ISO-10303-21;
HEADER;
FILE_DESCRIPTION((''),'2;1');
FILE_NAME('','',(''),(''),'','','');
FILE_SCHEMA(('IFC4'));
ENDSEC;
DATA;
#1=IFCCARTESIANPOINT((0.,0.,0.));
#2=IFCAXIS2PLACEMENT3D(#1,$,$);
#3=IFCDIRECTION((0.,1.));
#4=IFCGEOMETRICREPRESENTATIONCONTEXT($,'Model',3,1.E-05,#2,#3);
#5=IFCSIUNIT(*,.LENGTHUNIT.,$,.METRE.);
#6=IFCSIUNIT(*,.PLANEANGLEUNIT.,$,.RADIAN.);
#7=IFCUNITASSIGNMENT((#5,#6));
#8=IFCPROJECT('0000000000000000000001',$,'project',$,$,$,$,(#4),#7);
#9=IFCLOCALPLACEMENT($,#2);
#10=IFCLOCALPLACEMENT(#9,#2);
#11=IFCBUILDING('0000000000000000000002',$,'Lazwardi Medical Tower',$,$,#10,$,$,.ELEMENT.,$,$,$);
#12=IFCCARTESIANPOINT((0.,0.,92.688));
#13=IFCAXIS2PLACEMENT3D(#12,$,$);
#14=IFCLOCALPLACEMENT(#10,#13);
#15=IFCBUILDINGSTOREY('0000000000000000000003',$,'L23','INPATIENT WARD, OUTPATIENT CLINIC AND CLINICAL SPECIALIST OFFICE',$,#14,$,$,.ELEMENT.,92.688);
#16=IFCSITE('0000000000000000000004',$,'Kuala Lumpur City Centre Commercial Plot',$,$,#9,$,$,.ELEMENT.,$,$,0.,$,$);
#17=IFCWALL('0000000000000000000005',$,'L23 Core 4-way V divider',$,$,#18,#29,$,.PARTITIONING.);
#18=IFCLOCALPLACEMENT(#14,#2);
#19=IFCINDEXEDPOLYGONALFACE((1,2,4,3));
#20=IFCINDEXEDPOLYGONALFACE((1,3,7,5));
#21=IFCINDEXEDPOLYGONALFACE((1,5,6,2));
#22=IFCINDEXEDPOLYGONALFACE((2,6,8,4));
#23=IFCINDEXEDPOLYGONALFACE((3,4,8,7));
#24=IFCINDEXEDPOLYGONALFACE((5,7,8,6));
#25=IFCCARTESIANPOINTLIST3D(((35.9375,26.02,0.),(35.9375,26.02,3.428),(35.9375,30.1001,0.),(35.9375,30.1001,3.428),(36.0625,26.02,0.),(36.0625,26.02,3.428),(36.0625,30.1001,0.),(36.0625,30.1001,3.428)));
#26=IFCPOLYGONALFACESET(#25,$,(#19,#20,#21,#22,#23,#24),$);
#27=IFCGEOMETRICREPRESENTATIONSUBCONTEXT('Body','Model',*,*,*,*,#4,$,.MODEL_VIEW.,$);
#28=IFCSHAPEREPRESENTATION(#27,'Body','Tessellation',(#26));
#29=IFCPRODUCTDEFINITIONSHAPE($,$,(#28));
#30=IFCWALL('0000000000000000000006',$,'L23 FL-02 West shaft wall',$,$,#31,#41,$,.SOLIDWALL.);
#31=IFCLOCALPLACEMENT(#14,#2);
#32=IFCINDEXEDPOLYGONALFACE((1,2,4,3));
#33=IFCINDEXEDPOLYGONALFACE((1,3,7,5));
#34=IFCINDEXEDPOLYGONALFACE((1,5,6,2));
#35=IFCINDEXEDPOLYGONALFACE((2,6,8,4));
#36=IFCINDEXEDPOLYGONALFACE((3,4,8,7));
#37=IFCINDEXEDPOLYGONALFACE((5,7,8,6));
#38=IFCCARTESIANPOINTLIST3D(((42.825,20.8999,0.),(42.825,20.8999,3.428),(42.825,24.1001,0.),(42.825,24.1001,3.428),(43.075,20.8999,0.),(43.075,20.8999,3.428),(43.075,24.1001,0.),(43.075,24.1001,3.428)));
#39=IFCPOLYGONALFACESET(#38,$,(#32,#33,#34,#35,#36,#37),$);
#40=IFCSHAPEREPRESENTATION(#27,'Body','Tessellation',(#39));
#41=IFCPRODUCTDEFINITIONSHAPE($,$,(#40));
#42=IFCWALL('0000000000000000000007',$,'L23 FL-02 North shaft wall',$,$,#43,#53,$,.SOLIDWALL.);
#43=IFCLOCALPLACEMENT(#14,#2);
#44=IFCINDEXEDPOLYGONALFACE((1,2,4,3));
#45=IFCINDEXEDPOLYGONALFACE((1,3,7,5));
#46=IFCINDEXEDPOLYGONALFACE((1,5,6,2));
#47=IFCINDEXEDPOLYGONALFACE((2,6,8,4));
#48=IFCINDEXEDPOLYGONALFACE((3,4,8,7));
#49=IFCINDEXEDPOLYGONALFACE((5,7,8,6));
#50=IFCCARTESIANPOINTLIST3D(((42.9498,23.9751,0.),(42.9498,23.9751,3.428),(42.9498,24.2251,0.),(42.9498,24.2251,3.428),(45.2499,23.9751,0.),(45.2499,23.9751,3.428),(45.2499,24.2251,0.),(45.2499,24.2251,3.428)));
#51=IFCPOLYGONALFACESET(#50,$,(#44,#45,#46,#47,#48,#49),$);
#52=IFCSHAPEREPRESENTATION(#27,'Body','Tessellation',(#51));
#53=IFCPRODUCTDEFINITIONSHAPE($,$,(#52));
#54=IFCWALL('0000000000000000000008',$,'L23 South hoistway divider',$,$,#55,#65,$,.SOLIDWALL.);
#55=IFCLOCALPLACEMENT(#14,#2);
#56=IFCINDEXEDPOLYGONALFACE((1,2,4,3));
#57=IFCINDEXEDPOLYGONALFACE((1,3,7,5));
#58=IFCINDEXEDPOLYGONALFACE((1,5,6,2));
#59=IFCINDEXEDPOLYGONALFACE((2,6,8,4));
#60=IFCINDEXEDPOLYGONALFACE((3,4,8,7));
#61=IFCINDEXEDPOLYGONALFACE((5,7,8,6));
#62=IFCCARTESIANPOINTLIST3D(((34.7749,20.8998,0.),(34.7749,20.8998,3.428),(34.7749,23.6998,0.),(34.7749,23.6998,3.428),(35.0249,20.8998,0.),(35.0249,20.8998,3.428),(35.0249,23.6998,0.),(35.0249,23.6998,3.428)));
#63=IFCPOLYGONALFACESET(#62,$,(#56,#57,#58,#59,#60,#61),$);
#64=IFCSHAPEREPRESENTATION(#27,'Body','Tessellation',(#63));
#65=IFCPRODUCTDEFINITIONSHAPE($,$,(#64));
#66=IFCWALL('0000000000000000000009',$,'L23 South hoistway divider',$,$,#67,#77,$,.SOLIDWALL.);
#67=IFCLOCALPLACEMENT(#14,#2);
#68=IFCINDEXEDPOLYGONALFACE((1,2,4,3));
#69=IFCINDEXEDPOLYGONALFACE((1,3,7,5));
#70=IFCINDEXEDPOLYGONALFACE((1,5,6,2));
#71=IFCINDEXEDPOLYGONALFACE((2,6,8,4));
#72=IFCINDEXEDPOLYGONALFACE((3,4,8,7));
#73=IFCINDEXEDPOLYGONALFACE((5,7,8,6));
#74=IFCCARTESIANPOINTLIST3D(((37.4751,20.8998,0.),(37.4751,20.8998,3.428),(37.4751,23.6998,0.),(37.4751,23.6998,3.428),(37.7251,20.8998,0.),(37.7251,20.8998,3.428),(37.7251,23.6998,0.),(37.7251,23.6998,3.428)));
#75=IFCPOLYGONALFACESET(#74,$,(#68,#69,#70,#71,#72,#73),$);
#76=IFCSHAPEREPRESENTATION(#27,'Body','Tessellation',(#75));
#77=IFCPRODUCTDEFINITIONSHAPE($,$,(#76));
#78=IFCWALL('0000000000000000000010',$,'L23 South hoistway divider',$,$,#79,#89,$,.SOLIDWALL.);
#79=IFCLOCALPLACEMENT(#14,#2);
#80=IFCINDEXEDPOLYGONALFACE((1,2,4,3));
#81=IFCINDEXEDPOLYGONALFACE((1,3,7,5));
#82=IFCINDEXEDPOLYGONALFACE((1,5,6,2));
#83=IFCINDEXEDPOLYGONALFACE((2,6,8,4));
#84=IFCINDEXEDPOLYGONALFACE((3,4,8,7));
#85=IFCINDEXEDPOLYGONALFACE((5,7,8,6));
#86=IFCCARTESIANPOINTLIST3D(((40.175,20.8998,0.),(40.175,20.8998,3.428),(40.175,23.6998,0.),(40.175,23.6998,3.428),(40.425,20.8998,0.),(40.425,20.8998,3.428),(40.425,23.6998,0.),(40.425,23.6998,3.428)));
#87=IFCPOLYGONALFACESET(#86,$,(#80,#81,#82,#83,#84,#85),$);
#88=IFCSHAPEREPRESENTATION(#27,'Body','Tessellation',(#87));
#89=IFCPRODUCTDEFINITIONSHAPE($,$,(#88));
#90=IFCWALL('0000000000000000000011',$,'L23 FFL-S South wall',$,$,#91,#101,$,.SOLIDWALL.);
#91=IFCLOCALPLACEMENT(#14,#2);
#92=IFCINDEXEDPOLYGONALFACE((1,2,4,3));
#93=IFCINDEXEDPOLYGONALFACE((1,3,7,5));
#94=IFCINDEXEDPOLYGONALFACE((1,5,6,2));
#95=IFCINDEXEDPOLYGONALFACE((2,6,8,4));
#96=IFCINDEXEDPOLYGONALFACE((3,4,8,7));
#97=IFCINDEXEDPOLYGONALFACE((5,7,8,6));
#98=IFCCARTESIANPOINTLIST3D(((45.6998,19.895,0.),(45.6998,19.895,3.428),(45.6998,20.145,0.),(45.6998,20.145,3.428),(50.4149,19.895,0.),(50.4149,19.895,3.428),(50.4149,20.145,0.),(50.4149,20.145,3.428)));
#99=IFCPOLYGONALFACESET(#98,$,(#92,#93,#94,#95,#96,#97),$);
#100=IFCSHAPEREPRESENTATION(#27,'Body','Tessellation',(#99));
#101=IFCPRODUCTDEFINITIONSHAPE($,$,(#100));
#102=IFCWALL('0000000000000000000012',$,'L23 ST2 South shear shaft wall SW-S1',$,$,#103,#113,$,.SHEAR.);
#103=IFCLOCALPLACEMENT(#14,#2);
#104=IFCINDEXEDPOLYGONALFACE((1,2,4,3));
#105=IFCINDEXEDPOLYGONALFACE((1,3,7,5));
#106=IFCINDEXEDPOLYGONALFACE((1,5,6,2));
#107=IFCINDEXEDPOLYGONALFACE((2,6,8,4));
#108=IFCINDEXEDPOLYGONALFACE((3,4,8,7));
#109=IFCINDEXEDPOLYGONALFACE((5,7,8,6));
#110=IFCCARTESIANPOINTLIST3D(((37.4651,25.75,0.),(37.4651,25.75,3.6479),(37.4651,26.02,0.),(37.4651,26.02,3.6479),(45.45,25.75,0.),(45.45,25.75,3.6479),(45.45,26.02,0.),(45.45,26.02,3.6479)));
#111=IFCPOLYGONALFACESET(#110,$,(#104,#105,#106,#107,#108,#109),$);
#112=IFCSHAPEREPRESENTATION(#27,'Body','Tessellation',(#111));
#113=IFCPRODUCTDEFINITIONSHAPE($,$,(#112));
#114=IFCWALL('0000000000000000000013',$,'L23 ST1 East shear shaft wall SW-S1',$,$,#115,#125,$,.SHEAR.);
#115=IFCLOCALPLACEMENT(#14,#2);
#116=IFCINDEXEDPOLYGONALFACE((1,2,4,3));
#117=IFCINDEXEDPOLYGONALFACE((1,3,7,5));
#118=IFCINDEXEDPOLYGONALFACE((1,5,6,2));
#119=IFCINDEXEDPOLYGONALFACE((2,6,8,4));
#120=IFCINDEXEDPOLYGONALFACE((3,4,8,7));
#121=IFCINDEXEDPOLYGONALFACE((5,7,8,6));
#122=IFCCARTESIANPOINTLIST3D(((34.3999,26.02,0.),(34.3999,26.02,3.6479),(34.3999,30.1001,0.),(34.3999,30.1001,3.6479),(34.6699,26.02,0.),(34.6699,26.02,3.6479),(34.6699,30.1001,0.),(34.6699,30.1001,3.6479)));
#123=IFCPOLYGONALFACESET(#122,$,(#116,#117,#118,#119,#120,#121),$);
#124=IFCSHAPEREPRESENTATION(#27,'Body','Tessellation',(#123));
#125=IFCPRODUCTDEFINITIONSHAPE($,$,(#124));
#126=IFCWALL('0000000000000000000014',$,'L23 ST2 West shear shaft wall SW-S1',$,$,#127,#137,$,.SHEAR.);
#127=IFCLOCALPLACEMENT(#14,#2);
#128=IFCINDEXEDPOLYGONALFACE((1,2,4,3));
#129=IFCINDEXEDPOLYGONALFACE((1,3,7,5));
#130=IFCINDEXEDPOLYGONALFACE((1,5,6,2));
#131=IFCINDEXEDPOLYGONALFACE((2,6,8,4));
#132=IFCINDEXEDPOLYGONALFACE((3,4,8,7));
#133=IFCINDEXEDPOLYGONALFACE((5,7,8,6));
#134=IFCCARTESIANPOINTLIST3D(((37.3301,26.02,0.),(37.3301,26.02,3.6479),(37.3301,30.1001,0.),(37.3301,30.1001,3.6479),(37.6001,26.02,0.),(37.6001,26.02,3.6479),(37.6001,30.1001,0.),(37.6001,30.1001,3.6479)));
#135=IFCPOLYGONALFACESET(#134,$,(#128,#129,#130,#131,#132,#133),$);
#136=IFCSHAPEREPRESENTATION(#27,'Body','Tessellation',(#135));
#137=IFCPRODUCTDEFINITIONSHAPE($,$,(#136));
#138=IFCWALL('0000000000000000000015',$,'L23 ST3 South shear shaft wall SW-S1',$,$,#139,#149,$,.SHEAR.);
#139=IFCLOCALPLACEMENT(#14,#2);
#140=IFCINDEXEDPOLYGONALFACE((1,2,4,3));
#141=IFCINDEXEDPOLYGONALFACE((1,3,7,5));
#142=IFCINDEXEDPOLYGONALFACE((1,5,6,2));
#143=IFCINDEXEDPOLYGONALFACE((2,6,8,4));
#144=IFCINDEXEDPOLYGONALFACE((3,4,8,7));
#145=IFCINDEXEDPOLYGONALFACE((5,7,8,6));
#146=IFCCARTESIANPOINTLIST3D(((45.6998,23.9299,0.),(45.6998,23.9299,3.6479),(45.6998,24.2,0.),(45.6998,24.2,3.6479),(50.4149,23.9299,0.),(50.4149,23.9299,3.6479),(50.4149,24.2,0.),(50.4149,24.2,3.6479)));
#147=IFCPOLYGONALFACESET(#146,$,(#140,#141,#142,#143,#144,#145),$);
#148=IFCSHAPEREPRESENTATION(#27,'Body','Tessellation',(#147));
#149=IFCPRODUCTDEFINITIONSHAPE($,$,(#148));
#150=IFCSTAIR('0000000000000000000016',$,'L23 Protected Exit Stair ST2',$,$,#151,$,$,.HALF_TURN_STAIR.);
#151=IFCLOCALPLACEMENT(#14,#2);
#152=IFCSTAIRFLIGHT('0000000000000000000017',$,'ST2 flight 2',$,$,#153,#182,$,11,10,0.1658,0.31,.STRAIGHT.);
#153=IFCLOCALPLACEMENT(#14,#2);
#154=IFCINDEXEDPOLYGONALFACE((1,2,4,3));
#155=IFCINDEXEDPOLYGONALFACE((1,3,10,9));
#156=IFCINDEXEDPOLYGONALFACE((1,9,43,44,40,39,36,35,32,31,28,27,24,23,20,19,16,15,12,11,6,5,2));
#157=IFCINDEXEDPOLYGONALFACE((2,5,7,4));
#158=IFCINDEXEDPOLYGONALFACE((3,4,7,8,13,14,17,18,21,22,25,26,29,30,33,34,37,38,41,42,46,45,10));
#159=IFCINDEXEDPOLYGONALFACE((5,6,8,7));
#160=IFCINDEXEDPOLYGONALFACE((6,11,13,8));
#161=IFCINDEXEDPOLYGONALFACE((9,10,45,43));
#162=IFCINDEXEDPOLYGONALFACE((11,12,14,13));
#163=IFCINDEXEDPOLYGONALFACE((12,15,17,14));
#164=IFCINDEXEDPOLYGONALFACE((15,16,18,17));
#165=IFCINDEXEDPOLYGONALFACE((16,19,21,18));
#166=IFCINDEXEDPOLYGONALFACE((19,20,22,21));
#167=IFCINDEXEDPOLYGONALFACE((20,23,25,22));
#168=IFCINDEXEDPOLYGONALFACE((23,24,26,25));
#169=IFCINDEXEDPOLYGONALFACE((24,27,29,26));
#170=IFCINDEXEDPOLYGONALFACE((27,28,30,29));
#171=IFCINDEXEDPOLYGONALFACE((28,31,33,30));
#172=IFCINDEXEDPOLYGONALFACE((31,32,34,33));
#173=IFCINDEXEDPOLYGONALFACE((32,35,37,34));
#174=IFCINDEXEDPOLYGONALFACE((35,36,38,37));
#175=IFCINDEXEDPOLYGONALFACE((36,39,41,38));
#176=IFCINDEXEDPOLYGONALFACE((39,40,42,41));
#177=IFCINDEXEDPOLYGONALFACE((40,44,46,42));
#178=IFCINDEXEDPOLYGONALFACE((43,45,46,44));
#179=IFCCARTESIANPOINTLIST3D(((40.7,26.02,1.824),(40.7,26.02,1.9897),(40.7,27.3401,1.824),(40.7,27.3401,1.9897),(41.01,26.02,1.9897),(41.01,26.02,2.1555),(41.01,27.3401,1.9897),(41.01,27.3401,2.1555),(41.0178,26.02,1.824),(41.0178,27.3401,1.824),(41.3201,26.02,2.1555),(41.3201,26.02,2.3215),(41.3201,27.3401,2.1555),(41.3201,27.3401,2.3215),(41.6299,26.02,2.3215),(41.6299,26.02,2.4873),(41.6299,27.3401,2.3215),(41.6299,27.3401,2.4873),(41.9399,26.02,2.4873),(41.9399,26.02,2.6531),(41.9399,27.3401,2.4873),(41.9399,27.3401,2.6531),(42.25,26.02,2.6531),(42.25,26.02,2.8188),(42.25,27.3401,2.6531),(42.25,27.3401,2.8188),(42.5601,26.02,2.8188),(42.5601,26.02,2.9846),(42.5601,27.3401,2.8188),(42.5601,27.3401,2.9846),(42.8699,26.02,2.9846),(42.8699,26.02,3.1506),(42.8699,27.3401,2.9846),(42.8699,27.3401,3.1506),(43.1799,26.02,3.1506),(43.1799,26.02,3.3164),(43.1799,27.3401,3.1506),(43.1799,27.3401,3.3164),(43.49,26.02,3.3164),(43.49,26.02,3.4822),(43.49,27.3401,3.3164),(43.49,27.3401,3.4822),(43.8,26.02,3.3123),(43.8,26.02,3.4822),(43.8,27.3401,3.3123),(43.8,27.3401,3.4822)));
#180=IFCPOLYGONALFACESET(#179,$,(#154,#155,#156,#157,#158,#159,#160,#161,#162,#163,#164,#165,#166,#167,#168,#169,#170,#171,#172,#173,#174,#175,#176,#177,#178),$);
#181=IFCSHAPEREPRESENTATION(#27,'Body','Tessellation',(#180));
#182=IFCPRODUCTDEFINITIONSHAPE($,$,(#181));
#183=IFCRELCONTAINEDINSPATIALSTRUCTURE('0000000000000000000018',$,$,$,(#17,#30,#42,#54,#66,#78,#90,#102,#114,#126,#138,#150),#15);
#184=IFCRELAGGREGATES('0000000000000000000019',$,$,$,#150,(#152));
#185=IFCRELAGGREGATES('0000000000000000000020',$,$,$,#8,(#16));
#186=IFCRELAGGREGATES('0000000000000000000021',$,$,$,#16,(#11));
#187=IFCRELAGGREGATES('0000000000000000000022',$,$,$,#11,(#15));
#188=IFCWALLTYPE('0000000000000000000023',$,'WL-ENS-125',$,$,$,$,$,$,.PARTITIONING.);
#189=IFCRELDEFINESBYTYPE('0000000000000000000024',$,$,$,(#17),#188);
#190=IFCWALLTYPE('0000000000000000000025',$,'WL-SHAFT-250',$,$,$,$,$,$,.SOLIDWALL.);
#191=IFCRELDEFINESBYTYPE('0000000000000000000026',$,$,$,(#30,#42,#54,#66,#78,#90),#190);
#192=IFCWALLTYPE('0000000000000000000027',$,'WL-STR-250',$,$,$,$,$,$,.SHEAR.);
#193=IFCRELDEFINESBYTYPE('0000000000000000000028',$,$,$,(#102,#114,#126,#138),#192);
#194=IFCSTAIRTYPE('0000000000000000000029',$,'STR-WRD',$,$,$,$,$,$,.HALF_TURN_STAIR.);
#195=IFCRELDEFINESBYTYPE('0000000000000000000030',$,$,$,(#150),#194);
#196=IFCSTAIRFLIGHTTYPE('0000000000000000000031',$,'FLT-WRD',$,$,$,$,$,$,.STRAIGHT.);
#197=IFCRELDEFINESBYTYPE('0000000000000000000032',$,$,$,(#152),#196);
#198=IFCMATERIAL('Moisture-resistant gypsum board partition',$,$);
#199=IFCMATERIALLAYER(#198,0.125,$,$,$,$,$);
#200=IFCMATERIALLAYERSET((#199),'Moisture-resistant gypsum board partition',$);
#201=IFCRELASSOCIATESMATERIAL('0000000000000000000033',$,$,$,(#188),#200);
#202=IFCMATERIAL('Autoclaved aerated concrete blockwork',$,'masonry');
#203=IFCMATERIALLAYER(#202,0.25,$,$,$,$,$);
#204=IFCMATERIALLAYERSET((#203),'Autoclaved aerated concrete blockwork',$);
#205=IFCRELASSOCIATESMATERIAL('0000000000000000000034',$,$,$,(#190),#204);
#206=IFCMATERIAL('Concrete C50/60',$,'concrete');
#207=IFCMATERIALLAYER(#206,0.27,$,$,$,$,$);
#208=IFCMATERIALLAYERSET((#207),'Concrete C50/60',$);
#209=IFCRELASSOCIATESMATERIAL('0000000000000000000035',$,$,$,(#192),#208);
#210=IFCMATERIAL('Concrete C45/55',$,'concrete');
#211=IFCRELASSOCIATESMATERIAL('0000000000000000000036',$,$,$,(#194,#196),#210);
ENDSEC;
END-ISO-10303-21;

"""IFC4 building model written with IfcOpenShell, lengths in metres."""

from ifc_helpers import new_model, si_unit, direction, frame, frame_2d, origin, place, context, subcontext, project, spatial, polyline, rectangle, outline, extrude, material, layer, layer_set, type_object, element, aggregate, save


model = new_model("IFC4")

# Units and contexts
model_context = context("Model", 3, precision=1e-05, world=origin(), true_north=direction((0.0, 1.0)))
body_context = subcontext(model_context, "Body", "Model", "MODEL_VIEW")
ifc_project = project(units=[si_unit("LENGTHUNIT", "METRE"), si_unit("PLANEANGLEUNIT", "RADIAN")], contexts=[model_context])

# Site, building, storey
site_placement = place(None, origin())
site = spatial("IfcSite", under=ifc_project, at=site_placement, Name="Kuala Lumpur City Centre Commercial Plot", CompositionType="ELEMENT", RefElevation=0.0)
building_placement = place(site_placement, origin())
building = spatial("IfcBuilding", under=site, at=building_placement, Name="Lazwardi Medical Tower", CompositionType="ELEMENT")
storey_placement = place(building_placement, frame((0.0, 0.0, 92.688)))
storey = spatial("IfcBuildingStorey", under=building, at=storey_placement, Name="L23", Description="INPATIENT WARD, OUTPATIENT CLINIC AND CLINICAL SPECIALIST OFFICE", CompositionType="ELEMENT", Elevation=92.688)

# Walls
ifc_material_1 = material(Name="Moisture-resistant gypsum board partition")
ifc_layer_1 = layer(ifc_material_1, 0.125)
ifc_layer_set_1 = layer_set([ifc_layer_1], Name="Moisture-resistant gypsum board partition")
wall_type_1 = type_object("IfcWallType", Name="WL-ENS-125", PredefinedType="PARTITIONING", material=ifc_layer_set_1)
wall_1_placement = place(storey_placement, frame((36.0, 26.02, 0.0), z_axis=(0.0, 0.0, 1.0), x_axis=(0.0, 1.0, 0.0)))
element("IfcWall", 1, at=wall_1_placement, inside=storey, type_object=wall_type_1, Name="L23 Core 4-way V divider", PredefinedType="PARTITIONING", context=body_context, shape_type="SweptSolid", body=[
    extrude(rectangle(XDim=4.0801, YDim=0.125, at=frame_2d((2.04, 0.0))), origin(), (0.0, 0.0, 1.0), 3.428),
])
ifc_material_2 = material(Name="Autoclaved aerated concrete blockwork", Category="masonry")
ifc_layer_2 = layer(ifc_material_2, 0.25)
ifc_layer_set_2 = layer_set([ifc_layer_2], Name="Autoclaved aerated concrete blockwork")
wall_type_2 = type_object("IfcWallType", Name="WL-SHAFT-250", PredefinedType="SOLIDWALL", material=ifc_layer_set_2)
wall_2_placement = place(storey_placement, frame((42.95, 20.8999, 0.0), z_axis=(0.0, 0.0, 1.0), x_axis=(0.0, 1.0, 0.0)))
element("IfcWall", 2, at=wall_2_placement, inside=storey, type_object=wall_type_2, Name="L23 FL-02 West shaft wall", PredefinedType="SOLIDWALL", context=body_context, shape_type="SweptSolid", body=[
    extrude(rectangle(XDim=3.2002, YDim=0.25, at=frame_2d((1.6001, 0.0))), origin(), (0.0, 0.0, 1.0), 3.428),
])
wall_3_placement = place(storey_placement, frame((42.95, 24.1001, 0.0), z_axis=(0.0, 0.0, 1.0), x_axis=(1.0, 0.0, 0.0)))
element("IfcWall", 3, at=wall_3_placement, inside=storey, type_object=wall_type_2, Name="L23 FL-02 North shaft wall", PredefinedType="SOLIDWALL", context=body_context, shape_type="SweptSolid", body=[
    extrude(rectangle(XDim=2.3, YDim=0.25, at=frame_2d((1.1499, 0.0))), origin(), (0.0, 0.0, 1.0), 3.428),
])
for number, where, z_axis, x_axis, name in (
    (4, (34.8999, 20.8999, 0.0), (0.0, 0.0, 1.0), (0.0, 1.0, 0.0), "L23 South hoistway divider"),
    (5, (37.6001, 20.8999, 0.0), (0.0, 0.0, 1.0), (0.0, 1.0, 0.0), "L23 South hoistway divider"),
    (6, (40.3, 20.8999, 0.0), (0.0, 0.0, 1.0), (0.0, 1.0, 0.0), "L23 South hoistway divider"),
):
    element("IfcWall", number, at=place(storey_placement, frame(where, z_axis=z_axis, x_axis=x_axis)), inside=storey, type_object=wall_type_2, Name=name, PredefinedType="SOLIDWALL", context=body_context, shape_type="SweptSolid", body=[
        extrude(rectangle(XDim=2.8, YDim=0.25, at=frame_2d((1.3999, 0.0))), origin(), (0.0, 0.0, 1.0), 3.428),
    ])
wall_4_placement = place(storey_placement, frame((45.7, 20.02, 0.0), z_axis=(0.0, 0.0, 1.0), x_axis=(1.0, 0.0, 0.0)))
element("IfcWall", 7, at=wall_4_placement, inside=storey, type_object=wall_type_2, Name="L23 FFL-S South wall", PredefinedType="SOLIDWALL", context=body_context, shape_type="SweptSolid", body=[
    extrude(rectangle(XDim=4.7151, YDim=0.25, at=frame_2d((2.3574, 0.0))), origin(), (0.0, 0.0, 1.0), 3.428),
])
ifc_material_3 = material(Name="Concrete C50/60", Category="concrete")
ifc_layer_3 = layer(ifc_material_3, 0.27)
ifc_layer_set_3 = layer_set([ifc_layer_3], Name="Concrete C50/60")
wall_type_3 = type_object("IfcWallType", Name="WL-STR-250", PredefinedType="SHEAR", material=ifc_layer_set_3)
wall_5_placement = place(storey_placement, frame((37.4651, 25.885, 0.0), z_axis=(0.0, 0.0, 1.0), x_axis=(1.0, 0.0, 0.0)))
element("IfcWall", 8, at=wall_5_placement, inside=storey, type_object=wall_type_3, Name="L23 ST2 South shear shaft wall SW-S1", PredefinedType="SHEAR", context=body_context, shape_type="SweptSolid", body=[
    extrude(rectangle(XDim=7.9849, YDim=0.27, at=frame_2d((3.9924, 0.0))), origin(), (0.0, 0.0, 1.0), 3.6479),
])
for number, where, z_axis, x_axis, name in (
    (9, (34.5349, 26.02, 0.0), (0.0, 0.0, 1.0), (0.0, 1.0, 0.0), "L23 ST1 East shear shaft wall SW-S1"),
    (10, (37.4651, 26.02, 0.0), (0.0, 0.0, 1.0), (0.0, 1.0, 0.0), "L23 ST2 West shear shaft wall SW-S1"),
):
    element("IfcWall", number, at=place(storey_placement, frame(where, z_axis=z_axis, x_axis=x_axis)), inside=storey, type_object=wall_type_3, Name=name, PredefinedType="SHEAR", context=body_context, shape_type="SweptSolid", body=[
        extrude(rectangle(XDim=4.0801, YDim=0.27, at=frame_2d((2.04, 0.0))), origin(), (0.0, 0.0, 1.0), 3.6479),
    ])
wall_6_placement = place(storey_placement, frame((45.7, 24.0649, 0.0), z_axis=(0.0, 0.0, 1.0), x_axis=(1.0, 0.0, 0.0)))
element("IfcWall", 11, at=wall_6_placement, inside=storey, type_object=wall_type_3, Name="L23 ST3 South shear shaft wall SW-S1", PredefinedType="SHEAR", context=body_context, shape_type="SweptSolid", body=[
    extrude(rectangle(XDim=4.7151, YDim=0.27, at=frame_2d((2.3574, 0.0))), origin(), (0.0, 0.0, 1.0), 3.6479),
])

# Stair, stair flight
ifc_material_4 = material(Name="Concrete C45/55", Category="concrete")
stair_type = type_object("IfcStairType", Name="STR-WRD", PredefinedType="HALF_TURN_STAIR", material=ifc_material_4)
stair_placement = place(storey_placement, origin())
stair = element("IfcStair", 12, at=stair_placement, inside=storey, type_object=stair_type, Name="L23 Protected Exit Stair ST2", PredefinedType="HALF_TURN_STAIR")
stair_flight_type = type_object("IfcStairFlightType", Name="FLT-WRD", PredefinedType="STRAIGHT", material=ifc_material_4)
stair_flight_placement = place(storey_placement, frame((40.7, 26.6799, 1.824), z_axis=(0.0, 0.0, 1.0), x_axis=(1.0, 0.0, 0.0)))
stair_flight = element("IfcStairFlight", 13, at=stair_flight_placement, type_object=stair_flight_type, Name="ST2 flight 2", NumberOfRisers=11, NumberOfTreads=10, PredefinedType="STRAIGHT", RiserHeight=0.1658, TreadLength=0.31, context=body_context, shape_type="SweptSolid", body=[
    extrude(outline(polyline([(0.0, 0.0), (0.0, 0.1658), (0.3101, 0.1658), (0.3101, 0.3315), (0.6201, 0.3315), (0.6201, 0.4976), (0.9299, 0.4976), (0.9299, 0.6633), (1.24, 0.6633), (1.24, 0.8291), (1.55, 0.8291), (1.55, 0.9949), (1.8601, 0.9949), (1.8601, 1.1606), (2.1699, 1.1606), (2.1699, 1.3267), (2.48, 1.3267), (2.48, 1.4924), (2.79, 1.4924), (2.79, 1.6582), (3.1001, 1.6582), (3.1001, 1.824), (3.1001, 1.4883), (0.3179, 0.0), (0.0, 0.0)])), frame((0.0, 0.6602, 0.0), z_axis=(0.0, -1.0, 0.0), x_axis=(1.0, 0.0, 0.0)), (0.0, 0.0, 1.0), 1.3201),
])
aggregate(stair, [stair_flight])

save(model, "model.ifc")
